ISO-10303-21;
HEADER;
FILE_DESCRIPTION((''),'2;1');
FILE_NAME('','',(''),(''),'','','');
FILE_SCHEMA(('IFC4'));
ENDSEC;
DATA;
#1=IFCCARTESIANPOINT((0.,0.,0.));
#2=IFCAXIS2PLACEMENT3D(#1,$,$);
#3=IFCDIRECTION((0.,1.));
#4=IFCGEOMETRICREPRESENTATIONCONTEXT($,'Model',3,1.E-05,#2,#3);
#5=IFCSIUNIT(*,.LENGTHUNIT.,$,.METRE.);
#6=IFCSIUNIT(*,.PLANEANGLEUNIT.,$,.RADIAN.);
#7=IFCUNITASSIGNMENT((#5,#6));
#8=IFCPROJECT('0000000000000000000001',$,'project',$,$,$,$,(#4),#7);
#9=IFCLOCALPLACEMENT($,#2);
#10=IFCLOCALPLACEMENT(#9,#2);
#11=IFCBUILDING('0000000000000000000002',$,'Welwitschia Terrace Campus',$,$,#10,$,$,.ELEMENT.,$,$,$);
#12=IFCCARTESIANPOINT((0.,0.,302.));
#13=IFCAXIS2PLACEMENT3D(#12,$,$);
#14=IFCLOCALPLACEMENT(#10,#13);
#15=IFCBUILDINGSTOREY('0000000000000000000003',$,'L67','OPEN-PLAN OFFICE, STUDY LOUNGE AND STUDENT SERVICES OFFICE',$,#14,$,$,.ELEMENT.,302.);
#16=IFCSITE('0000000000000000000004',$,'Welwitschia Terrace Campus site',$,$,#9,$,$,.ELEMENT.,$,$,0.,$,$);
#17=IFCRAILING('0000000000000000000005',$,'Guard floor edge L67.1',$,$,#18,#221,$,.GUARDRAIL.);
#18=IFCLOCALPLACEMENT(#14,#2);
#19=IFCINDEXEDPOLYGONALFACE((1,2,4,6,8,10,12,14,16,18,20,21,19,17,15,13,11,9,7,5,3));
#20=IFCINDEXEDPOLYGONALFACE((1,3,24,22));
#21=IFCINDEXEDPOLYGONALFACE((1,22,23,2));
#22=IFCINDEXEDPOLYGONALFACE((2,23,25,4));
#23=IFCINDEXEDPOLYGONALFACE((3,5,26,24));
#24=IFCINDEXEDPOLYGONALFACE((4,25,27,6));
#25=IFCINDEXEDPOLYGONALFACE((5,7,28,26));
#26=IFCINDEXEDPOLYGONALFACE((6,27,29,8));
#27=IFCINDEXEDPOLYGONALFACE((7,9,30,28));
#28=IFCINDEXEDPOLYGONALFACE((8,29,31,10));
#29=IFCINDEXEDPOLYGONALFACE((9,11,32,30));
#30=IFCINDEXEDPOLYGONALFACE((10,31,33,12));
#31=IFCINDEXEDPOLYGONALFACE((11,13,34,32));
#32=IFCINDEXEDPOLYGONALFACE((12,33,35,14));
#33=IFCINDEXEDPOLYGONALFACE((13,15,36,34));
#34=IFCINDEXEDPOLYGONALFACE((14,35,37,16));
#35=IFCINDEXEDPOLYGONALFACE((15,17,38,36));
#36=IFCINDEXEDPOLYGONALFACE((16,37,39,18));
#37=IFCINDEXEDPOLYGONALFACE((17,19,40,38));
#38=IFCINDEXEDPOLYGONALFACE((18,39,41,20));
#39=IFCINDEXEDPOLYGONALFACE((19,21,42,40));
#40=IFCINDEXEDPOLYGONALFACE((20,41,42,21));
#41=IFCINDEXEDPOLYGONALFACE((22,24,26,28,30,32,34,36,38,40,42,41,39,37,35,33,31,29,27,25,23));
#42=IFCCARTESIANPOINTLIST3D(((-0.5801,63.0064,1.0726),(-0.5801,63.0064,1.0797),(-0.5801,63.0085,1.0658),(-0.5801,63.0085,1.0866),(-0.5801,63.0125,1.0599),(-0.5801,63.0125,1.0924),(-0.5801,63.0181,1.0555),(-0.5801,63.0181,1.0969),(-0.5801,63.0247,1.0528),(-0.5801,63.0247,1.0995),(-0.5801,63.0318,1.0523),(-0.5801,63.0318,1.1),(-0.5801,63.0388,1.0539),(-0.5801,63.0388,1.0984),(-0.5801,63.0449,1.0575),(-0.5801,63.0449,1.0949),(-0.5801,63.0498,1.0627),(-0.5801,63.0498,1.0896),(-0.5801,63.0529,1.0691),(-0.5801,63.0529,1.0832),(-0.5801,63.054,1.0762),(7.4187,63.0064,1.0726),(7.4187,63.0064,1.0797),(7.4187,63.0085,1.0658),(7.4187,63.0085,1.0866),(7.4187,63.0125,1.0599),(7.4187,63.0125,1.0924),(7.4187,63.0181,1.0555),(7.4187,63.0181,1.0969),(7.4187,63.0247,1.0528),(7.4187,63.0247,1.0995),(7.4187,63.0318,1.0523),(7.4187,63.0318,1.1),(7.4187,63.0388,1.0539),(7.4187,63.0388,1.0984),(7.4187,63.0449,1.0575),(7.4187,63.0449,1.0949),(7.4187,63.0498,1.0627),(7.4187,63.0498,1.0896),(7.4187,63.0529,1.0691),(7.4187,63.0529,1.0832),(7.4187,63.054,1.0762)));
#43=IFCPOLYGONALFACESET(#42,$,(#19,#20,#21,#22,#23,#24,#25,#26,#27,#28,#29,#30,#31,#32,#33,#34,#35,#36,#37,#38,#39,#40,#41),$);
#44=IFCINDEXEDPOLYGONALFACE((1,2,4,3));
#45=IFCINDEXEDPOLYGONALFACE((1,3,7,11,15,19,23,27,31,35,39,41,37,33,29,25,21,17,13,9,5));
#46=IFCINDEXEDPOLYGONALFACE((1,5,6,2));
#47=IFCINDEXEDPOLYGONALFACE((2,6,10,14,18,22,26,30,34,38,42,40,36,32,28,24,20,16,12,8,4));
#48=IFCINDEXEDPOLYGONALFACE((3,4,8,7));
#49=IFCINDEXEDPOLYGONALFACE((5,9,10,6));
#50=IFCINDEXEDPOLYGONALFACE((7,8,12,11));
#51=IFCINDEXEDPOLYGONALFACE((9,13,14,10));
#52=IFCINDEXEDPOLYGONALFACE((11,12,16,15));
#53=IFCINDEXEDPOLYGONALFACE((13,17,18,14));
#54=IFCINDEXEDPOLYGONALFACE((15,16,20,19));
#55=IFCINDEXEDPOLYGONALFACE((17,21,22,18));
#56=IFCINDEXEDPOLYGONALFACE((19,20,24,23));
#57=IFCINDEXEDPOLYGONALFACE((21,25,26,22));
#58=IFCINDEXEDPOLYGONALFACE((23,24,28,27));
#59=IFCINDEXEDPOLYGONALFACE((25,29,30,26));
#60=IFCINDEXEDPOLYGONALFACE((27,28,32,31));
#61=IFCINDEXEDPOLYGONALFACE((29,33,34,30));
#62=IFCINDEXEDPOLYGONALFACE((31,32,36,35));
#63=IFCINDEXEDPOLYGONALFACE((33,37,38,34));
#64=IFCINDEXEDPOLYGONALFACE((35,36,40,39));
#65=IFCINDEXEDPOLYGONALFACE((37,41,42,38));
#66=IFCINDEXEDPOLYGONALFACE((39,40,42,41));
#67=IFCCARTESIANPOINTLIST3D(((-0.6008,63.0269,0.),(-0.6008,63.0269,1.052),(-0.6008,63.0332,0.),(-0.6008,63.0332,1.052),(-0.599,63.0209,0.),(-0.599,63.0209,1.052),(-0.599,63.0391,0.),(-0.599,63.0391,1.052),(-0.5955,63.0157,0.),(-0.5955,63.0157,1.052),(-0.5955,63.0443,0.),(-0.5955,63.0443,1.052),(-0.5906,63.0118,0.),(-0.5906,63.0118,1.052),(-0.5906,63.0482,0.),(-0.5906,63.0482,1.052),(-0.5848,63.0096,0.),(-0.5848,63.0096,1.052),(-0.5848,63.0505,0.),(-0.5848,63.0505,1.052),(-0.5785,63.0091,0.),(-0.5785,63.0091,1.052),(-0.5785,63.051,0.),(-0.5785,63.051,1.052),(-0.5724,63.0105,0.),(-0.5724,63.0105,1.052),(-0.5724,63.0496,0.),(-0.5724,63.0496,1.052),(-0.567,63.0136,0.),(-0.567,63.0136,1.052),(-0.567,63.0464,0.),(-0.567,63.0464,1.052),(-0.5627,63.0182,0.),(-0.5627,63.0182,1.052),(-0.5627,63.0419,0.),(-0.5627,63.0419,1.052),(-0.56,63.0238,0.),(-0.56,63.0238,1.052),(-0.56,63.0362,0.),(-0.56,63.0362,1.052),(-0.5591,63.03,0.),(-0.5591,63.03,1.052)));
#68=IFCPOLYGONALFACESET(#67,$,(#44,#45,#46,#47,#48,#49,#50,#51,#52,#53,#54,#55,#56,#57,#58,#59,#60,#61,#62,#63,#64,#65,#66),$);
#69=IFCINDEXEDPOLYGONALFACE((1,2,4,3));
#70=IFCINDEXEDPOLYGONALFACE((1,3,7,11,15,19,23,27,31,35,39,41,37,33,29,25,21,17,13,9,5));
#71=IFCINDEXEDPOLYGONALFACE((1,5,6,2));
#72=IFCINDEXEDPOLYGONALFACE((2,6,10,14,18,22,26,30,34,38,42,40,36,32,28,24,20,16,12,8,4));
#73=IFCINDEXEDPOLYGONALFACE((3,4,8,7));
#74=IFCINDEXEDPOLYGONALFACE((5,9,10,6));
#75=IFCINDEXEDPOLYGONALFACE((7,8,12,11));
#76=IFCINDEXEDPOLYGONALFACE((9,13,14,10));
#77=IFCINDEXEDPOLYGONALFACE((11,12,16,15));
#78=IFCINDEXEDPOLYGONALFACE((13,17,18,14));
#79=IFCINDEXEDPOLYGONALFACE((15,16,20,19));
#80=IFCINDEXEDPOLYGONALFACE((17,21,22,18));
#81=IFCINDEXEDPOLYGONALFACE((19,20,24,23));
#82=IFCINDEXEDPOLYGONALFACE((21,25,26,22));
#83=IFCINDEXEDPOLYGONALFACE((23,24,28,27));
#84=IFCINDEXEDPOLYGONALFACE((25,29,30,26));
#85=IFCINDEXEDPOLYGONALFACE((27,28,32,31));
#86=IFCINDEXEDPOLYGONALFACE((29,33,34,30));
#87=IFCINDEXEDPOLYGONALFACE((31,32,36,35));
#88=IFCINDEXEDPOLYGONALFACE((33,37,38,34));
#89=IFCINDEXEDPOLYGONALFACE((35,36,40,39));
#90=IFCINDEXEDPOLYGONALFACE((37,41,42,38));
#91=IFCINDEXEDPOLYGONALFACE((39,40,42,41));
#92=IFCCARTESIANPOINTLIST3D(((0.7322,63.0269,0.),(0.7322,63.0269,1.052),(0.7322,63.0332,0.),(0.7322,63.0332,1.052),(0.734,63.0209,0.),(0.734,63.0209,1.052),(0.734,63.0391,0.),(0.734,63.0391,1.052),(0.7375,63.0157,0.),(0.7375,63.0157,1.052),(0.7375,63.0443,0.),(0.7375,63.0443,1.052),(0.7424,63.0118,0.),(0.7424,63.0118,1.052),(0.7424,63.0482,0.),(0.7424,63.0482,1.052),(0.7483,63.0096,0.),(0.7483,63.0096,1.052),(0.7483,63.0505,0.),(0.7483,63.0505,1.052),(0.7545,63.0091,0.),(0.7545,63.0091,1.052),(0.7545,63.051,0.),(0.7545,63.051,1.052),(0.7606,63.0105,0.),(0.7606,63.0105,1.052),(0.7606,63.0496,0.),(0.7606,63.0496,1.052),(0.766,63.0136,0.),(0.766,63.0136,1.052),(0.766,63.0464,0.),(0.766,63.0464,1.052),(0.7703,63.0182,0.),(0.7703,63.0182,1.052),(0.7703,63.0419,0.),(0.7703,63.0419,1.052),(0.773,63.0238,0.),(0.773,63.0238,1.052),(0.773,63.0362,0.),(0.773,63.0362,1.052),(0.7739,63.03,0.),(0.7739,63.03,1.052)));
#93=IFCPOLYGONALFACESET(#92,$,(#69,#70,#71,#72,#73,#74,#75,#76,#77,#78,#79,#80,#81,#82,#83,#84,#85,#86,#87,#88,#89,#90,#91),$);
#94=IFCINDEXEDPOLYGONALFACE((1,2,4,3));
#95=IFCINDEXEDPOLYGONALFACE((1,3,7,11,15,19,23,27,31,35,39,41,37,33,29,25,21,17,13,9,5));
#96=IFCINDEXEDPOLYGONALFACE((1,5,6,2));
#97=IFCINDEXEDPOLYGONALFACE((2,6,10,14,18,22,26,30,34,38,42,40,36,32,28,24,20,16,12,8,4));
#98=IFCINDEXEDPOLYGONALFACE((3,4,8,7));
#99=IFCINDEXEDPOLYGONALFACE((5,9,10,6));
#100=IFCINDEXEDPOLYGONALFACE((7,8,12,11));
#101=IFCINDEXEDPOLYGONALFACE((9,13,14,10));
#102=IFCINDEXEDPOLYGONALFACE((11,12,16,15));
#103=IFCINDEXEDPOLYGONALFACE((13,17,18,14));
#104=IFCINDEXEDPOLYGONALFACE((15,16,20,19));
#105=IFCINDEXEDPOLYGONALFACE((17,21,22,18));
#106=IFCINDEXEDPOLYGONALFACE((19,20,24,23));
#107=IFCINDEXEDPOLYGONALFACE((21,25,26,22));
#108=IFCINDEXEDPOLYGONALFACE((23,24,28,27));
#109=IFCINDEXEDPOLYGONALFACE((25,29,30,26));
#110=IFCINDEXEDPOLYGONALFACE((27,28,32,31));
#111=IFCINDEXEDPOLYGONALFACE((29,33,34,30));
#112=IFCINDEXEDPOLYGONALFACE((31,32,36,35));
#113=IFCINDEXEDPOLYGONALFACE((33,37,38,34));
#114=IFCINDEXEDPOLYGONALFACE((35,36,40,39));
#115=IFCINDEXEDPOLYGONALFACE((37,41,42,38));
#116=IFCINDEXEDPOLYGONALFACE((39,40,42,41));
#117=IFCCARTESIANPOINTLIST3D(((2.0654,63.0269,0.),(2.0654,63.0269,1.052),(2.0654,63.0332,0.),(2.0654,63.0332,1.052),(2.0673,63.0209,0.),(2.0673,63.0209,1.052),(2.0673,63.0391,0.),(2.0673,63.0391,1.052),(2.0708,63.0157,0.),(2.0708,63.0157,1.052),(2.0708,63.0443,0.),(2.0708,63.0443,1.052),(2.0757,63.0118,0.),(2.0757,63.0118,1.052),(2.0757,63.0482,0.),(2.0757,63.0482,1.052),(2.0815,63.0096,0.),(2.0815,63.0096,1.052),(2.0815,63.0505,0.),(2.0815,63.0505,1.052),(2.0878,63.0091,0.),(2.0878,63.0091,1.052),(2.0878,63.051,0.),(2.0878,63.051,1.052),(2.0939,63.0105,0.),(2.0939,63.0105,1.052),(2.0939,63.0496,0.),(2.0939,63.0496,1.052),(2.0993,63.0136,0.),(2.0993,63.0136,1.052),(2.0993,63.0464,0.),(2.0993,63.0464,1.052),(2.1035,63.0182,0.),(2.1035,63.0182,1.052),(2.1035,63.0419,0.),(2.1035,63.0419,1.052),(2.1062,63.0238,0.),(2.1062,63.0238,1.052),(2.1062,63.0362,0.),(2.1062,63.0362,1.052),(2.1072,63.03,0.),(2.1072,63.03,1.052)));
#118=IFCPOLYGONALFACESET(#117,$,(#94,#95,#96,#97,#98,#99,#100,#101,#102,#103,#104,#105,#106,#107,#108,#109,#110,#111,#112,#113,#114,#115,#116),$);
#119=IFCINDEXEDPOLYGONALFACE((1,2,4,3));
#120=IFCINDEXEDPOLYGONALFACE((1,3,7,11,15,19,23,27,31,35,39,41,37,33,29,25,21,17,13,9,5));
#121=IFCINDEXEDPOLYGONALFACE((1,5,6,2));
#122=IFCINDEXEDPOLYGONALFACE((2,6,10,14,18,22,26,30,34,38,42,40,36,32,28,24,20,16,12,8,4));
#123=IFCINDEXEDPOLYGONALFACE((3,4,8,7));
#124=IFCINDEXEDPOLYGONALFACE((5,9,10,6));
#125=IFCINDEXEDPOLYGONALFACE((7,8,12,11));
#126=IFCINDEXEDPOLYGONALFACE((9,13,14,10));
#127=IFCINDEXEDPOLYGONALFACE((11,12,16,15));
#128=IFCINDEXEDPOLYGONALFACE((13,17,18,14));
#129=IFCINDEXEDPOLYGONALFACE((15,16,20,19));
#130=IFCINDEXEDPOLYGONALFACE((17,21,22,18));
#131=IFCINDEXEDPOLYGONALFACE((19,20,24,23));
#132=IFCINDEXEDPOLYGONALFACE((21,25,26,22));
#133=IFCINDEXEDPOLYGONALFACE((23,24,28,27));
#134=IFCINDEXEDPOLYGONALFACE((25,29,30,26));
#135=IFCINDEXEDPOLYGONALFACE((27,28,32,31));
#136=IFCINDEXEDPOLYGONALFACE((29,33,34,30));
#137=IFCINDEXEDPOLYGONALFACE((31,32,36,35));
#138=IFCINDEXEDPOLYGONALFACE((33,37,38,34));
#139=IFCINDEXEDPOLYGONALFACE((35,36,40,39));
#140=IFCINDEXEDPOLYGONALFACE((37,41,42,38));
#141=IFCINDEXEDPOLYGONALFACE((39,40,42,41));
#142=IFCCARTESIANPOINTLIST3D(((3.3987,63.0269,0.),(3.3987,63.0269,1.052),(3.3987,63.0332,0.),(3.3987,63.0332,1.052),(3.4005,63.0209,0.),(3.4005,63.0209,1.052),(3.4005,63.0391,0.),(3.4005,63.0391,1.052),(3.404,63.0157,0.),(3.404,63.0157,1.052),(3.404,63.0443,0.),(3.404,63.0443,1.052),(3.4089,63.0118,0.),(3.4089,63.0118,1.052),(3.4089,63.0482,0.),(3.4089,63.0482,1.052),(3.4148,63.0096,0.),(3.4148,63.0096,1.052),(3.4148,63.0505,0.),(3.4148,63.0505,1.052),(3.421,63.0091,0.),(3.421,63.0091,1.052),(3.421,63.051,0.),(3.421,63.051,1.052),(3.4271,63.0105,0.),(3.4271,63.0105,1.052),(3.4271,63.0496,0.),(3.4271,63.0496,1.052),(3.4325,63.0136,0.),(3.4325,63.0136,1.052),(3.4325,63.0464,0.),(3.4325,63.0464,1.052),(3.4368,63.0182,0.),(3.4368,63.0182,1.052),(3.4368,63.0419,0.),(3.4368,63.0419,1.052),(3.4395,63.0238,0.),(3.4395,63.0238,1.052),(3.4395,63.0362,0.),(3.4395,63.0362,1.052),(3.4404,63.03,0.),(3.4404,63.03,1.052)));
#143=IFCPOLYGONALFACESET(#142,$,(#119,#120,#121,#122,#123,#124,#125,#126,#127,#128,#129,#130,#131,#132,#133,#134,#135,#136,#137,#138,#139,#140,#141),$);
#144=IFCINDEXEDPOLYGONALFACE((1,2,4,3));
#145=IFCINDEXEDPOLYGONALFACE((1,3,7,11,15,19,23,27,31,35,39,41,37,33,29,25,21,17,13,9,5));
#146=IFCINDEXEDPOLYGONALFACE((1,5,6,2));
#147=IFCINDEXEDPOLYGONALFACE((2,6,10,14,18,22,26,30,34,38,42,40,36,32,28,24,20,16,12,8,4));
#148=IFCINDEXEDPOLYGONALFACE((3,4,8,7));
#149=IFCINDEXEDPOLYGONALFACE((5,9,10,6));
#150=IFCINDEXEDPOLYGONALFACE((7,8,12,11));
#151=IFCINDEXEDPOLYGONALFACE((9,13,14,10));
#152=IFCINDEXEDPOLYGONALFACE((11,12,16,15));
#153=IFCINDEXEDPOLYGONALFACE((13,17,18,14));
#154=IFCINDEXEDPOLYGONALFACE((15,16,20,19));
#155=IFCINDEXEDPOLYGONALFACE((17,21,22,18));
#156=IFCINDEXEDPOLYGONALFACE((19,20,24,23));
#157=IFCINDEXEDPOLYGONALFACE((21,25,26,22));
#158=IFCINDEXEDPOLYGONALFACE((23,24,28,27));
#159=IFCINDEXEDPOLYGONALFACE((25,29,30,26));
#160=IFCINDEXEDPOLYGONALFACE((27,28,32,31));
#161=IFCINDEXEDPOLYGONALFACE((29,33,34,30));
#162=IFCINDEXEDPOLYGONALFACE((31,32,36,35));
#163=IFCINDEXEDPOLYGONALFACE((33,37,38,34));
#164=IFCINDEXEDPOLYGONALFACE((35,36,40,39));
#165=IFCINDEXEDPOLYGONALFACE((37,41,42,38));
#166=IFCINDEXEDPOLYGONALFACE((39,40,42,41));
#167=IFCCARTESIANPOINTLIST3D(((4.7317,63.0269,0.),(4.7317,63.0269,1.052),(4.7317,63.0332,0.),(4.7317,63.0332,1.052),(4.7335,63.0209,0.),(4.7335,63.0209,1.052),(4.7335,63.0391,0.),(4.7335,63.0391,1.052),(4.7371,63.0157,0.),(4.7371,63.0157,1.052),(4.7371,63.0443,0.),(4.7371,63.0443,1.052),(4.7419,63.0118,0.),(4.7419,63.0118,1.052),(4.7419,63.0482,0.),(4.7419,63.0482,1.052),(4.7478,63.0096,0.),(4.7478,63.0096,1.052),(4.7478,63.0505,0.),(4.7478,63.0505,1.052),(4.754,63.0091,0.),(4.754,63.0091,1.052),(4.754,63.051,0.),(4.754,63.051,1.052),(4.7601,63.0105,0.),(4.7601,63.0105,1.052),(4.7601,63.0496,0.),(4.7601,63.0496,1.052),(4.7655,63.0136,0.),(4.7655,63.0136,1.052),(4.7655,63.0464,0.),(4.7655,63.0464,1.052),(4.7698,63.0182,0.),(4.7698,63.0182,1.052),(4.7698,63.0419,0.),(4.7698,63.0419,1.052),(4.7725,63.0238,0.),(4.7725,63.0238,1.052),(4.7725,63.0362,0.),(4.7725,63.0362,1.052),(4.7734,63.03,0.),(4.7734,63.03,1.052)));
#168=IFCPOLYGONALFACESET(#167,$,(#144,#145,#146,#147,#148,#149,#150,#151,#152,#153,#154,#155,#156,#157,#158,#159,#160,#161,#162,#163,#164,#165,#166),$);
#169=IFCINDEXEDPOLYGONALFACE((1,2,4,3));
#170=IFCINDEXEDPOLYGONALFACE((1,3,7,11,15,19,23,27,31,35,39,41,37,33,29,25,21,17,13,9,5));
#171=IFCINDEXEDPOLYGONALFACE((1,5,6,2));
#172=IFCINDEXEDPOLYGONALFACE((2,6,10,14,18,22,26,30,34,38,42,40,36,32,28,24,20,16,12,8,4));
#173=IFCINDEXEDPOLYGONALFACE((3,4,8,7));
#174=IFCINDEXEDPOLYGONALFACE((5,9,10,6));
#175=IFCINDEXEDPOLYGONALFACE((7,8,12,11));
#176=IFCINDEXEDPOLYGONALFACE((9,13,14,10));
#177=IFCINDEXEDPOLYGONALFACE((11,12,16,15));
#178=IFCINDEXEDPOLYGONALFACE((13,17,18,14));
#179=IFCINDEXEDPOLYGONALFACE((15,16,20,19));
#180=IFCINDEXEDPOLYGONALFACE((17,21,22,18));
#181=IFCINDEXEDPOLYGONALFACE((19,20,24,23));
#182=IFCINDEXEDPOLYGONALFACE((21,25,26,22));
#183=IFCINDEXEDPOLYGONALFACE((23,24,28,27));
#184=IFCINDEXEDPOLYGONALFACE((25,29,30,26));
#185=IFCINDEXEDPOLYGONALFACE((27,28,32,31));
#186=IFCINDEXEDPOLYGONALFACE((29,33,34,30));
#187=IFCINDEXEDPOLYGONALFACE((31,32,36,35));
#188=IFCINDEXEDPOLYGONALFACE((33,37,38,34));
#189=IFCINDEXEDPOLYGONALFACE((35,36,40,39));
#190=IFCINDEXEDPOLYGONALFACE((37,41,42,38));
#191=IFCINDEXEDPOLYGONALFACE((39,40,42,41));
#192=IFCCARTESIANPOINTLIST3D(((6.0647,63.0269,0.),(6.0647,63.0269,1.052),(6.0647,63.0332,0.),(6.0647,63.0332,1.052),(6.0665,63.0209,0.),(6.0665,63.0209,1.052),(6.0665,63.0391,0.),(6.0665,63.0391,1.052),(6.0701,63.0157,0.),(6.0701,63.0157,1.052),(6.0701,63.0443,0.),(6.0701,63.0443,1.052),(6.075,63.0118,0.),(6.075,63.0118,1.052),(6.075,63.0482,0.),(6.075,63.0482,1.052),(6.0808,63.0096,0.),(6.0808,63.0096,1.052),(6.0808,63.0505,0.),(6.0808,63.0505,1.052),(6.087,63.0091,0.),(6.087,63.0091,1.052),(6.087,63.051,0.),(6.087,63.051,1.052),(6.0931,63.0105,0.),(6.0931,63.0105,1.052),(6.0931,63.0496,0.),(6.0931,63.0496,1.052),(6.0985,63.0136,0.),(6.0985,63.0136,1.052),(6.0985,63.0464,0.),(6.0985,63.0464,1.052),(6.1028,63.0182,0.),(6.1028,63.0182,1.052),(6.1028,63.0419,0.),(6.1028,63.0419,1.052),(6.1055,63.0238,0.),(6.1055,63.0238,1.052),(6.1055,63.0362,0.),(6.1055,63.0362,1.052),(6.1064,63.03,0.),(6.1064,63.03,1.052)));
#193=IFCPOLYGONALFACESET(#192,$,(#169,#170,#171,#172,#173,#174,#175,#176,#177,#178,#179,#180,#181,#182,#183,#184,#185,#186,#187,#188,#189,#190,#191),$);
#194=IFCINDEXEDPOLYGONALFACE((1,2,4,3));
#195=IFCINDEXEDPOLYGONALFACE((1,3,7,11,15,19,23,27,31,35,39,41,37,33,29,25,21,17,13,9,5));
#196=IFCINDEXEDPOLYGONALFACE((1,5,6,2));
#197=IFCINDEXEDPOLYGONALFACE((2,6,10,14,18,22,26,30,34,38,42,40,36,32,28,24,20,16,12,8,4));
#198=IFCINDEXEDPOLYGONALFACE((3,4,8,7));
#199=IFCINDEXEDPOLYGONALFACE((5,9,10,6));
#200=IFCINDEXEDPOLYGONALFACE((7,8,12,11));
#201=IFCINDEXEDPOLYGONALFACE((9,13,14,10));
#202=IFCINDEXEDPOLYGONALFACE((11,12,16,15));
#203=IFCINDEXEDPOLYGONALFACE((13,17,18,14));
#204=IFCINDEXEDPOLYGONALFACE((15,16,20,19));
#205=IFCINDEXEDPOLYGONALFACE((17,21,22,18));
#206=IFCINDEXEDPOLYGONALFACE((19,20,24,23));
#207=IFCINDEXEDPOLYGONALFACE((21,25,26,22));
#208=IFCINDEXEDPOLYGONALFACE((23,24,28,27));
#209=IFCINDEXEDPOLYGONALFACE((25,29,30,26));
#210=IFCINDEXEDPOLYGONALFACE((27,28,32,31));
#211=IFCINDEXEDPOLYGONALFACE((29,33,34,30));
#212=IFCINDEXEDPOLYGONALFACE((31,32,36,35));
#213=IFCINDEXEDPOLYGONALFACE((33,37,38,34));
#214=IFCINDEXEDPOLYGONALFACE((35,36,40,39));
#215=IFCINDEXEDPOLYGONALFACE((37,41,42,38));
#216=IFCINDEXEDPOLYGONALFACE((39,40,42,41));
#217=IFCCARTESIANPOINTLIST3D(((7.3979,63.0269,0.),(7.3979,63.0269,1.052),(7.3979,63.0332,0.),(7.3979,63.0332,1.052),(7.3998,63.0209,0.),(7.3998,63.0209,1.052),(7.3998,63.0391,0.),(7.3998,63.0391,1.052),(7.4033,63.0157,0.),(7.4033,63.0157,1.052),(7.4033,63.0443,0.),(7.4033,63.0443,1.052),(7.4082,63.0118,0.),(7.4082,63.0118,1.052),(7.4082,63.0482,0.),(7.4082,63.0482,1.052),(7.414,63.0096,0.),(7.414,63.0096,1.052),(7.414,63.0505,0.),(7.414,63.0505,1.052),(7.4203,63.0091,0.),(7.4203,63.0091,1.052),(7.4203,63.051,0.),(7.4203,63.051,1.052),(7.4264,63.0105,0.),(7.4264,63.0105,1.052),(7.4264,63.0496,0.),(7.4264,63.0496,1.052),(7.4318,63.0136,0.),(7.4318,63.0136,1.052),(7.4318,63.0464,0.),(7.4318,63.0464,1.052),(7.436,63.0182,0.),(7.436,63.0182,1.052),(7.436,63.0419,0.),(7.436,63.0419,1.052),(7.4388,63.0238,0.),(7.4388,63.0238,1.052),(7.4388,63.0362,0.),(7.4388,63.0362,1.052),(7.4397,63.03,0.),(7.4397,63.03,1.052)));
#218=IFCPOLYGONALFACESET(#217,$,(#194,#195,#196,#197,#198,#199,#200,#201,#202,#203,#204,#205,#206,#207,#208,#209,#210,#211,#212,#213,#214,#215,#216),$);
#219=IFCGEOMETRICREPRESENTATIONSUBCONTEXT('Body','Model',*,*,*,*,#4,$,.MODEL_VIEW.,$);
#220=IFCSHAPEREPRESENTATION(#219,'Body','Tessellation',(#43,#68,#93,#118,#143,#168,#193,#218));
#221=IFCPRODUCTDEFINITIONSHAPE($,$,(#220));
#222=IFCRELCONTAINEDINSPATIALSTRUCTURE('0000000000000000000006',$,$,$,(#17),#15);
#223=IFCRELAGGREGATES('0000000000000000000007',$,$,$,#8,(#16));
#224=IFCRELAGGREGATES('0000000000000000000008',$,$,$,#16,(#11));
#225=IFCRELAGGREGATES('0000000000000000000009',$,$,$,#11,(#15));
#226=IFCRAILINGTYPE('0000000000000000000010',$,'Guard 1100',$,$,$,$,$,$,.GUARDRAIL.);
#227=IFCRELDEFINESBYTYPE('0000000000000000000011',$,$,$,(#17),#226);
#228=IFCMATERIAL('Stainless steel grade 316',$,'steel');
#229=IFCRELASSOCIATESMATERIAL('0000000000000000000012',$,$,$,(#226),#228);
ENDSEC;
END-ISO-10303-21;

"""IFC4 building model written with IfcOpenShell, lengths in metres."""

from ifc_helpers import new_model, si_unit, direction, frame, origin, origin_2d, place, context, subcontext, project, spatial, circle, extrude, material, type_object, element, save


model = new_model("IFC4")

# Units and contexts
model_context = context("Model", 3, precision=1e-05, world=origin(), true_north=direction((0.0, 1.0)))
body_context = subcontext(model_context, "Body", "Model", "MODEL_VIEW")
ifc_project = project(units=[si_unit("LENGTHUNIT", "METRE"), si_unit("PLANEANGLEUNIT", "RADIAN")], contexts=[model_context])

# Site, building, storey
site_placement = place(None, origin())
site = spatial("IfcSite", under=ifc_project, at=site_placement, Name="Welwitschia Terrace Campus site", CompositionType="ELEMENT", RefElevation=0.0)
building_placement = place(site_placement, origin())
building = spatial("IfcBuilding", under=site, at=building_placement, Name="Welwitschia Terrace Campus", CompositionType="ELEMENT")
storey_placement = place(building_placement, frame((0.0, 0.0, 302.0)))
storey = spatial("IfcBuildingStorey", under=building, at=storey_placement, Name="L67", Description="OPEN-PLAN OFFICE, STUDY LOUNGE AND STUDENT SERVICES OFFICE", CompositionType="ELEMENT", Elevation=302.0)

# Railing
ifc_material_1 = material(Name="Stainless steel grade 316", Category="steel")
railing_type = type_object("IfcRailingType", Name="Guard 1100", PredefinedType="GUARDRAIL", material=ifc_material_1)
railing_1_placement = place(storey_placement, frame((-0.5801, 63.03, 0.0)))
element("IfcRailing", 1, at=railing_1_placement, inside=storey, type_object=railing_type, Name="Guard floor edge L67.1", PredefinedType="GUARDRAIL", context=body_context, shape_type="SweptSolid", body=[
    extrude(circle(Radius=0.0239, at=origin_2d()), frame((0.0, 0.0, 1.0762), z_axis=(1.0, 0.0, 0.0), x_axis=(0.0, 1.0, 0.0)), (0.0, 0.0, 1.0), 7.9988),
    extrude(circle(Radius=0.021, at=origin_2d()), origin(), (0.0, 0.0, 1.0), 1.052),
    extrude(circle(Radius=0.021, at=origin_2d()), frame((1.333, 0.0, 0.0)), (0.0, 0.0, 1.0), 1.052),
    extrude(circle(Radius=0.021, at=origin_2d()), frame((2.6663, 0.0, 0.0)), (0.0, 0.0, 1.0), 1.052),
    extrude(circle(Radius=0.021, at=origin_2d()), frame((3.9995, 0.0, 0.0)), (0.0, 0.0, 1.0), 1.052),
    extrude(circle(Radius=0.021, at=origin_2d()), frame((5.3325, 0.0, 0.0)), (0.0, 0.0, 1.0), 1.052),
    extrude(circle(Radius=0.021, at=origin_2d()), frame((6.6655, 0.0, 0.0)), (0.0, 0.0, 1.0), 1.052),
    extrude(circle(Radius=0.021, at=origin_2d()), frame((7.9988, 0.0, 0.0)), (0.0, 0.0, 1.0), 1.052),
])

save(model, "model.ifc")
